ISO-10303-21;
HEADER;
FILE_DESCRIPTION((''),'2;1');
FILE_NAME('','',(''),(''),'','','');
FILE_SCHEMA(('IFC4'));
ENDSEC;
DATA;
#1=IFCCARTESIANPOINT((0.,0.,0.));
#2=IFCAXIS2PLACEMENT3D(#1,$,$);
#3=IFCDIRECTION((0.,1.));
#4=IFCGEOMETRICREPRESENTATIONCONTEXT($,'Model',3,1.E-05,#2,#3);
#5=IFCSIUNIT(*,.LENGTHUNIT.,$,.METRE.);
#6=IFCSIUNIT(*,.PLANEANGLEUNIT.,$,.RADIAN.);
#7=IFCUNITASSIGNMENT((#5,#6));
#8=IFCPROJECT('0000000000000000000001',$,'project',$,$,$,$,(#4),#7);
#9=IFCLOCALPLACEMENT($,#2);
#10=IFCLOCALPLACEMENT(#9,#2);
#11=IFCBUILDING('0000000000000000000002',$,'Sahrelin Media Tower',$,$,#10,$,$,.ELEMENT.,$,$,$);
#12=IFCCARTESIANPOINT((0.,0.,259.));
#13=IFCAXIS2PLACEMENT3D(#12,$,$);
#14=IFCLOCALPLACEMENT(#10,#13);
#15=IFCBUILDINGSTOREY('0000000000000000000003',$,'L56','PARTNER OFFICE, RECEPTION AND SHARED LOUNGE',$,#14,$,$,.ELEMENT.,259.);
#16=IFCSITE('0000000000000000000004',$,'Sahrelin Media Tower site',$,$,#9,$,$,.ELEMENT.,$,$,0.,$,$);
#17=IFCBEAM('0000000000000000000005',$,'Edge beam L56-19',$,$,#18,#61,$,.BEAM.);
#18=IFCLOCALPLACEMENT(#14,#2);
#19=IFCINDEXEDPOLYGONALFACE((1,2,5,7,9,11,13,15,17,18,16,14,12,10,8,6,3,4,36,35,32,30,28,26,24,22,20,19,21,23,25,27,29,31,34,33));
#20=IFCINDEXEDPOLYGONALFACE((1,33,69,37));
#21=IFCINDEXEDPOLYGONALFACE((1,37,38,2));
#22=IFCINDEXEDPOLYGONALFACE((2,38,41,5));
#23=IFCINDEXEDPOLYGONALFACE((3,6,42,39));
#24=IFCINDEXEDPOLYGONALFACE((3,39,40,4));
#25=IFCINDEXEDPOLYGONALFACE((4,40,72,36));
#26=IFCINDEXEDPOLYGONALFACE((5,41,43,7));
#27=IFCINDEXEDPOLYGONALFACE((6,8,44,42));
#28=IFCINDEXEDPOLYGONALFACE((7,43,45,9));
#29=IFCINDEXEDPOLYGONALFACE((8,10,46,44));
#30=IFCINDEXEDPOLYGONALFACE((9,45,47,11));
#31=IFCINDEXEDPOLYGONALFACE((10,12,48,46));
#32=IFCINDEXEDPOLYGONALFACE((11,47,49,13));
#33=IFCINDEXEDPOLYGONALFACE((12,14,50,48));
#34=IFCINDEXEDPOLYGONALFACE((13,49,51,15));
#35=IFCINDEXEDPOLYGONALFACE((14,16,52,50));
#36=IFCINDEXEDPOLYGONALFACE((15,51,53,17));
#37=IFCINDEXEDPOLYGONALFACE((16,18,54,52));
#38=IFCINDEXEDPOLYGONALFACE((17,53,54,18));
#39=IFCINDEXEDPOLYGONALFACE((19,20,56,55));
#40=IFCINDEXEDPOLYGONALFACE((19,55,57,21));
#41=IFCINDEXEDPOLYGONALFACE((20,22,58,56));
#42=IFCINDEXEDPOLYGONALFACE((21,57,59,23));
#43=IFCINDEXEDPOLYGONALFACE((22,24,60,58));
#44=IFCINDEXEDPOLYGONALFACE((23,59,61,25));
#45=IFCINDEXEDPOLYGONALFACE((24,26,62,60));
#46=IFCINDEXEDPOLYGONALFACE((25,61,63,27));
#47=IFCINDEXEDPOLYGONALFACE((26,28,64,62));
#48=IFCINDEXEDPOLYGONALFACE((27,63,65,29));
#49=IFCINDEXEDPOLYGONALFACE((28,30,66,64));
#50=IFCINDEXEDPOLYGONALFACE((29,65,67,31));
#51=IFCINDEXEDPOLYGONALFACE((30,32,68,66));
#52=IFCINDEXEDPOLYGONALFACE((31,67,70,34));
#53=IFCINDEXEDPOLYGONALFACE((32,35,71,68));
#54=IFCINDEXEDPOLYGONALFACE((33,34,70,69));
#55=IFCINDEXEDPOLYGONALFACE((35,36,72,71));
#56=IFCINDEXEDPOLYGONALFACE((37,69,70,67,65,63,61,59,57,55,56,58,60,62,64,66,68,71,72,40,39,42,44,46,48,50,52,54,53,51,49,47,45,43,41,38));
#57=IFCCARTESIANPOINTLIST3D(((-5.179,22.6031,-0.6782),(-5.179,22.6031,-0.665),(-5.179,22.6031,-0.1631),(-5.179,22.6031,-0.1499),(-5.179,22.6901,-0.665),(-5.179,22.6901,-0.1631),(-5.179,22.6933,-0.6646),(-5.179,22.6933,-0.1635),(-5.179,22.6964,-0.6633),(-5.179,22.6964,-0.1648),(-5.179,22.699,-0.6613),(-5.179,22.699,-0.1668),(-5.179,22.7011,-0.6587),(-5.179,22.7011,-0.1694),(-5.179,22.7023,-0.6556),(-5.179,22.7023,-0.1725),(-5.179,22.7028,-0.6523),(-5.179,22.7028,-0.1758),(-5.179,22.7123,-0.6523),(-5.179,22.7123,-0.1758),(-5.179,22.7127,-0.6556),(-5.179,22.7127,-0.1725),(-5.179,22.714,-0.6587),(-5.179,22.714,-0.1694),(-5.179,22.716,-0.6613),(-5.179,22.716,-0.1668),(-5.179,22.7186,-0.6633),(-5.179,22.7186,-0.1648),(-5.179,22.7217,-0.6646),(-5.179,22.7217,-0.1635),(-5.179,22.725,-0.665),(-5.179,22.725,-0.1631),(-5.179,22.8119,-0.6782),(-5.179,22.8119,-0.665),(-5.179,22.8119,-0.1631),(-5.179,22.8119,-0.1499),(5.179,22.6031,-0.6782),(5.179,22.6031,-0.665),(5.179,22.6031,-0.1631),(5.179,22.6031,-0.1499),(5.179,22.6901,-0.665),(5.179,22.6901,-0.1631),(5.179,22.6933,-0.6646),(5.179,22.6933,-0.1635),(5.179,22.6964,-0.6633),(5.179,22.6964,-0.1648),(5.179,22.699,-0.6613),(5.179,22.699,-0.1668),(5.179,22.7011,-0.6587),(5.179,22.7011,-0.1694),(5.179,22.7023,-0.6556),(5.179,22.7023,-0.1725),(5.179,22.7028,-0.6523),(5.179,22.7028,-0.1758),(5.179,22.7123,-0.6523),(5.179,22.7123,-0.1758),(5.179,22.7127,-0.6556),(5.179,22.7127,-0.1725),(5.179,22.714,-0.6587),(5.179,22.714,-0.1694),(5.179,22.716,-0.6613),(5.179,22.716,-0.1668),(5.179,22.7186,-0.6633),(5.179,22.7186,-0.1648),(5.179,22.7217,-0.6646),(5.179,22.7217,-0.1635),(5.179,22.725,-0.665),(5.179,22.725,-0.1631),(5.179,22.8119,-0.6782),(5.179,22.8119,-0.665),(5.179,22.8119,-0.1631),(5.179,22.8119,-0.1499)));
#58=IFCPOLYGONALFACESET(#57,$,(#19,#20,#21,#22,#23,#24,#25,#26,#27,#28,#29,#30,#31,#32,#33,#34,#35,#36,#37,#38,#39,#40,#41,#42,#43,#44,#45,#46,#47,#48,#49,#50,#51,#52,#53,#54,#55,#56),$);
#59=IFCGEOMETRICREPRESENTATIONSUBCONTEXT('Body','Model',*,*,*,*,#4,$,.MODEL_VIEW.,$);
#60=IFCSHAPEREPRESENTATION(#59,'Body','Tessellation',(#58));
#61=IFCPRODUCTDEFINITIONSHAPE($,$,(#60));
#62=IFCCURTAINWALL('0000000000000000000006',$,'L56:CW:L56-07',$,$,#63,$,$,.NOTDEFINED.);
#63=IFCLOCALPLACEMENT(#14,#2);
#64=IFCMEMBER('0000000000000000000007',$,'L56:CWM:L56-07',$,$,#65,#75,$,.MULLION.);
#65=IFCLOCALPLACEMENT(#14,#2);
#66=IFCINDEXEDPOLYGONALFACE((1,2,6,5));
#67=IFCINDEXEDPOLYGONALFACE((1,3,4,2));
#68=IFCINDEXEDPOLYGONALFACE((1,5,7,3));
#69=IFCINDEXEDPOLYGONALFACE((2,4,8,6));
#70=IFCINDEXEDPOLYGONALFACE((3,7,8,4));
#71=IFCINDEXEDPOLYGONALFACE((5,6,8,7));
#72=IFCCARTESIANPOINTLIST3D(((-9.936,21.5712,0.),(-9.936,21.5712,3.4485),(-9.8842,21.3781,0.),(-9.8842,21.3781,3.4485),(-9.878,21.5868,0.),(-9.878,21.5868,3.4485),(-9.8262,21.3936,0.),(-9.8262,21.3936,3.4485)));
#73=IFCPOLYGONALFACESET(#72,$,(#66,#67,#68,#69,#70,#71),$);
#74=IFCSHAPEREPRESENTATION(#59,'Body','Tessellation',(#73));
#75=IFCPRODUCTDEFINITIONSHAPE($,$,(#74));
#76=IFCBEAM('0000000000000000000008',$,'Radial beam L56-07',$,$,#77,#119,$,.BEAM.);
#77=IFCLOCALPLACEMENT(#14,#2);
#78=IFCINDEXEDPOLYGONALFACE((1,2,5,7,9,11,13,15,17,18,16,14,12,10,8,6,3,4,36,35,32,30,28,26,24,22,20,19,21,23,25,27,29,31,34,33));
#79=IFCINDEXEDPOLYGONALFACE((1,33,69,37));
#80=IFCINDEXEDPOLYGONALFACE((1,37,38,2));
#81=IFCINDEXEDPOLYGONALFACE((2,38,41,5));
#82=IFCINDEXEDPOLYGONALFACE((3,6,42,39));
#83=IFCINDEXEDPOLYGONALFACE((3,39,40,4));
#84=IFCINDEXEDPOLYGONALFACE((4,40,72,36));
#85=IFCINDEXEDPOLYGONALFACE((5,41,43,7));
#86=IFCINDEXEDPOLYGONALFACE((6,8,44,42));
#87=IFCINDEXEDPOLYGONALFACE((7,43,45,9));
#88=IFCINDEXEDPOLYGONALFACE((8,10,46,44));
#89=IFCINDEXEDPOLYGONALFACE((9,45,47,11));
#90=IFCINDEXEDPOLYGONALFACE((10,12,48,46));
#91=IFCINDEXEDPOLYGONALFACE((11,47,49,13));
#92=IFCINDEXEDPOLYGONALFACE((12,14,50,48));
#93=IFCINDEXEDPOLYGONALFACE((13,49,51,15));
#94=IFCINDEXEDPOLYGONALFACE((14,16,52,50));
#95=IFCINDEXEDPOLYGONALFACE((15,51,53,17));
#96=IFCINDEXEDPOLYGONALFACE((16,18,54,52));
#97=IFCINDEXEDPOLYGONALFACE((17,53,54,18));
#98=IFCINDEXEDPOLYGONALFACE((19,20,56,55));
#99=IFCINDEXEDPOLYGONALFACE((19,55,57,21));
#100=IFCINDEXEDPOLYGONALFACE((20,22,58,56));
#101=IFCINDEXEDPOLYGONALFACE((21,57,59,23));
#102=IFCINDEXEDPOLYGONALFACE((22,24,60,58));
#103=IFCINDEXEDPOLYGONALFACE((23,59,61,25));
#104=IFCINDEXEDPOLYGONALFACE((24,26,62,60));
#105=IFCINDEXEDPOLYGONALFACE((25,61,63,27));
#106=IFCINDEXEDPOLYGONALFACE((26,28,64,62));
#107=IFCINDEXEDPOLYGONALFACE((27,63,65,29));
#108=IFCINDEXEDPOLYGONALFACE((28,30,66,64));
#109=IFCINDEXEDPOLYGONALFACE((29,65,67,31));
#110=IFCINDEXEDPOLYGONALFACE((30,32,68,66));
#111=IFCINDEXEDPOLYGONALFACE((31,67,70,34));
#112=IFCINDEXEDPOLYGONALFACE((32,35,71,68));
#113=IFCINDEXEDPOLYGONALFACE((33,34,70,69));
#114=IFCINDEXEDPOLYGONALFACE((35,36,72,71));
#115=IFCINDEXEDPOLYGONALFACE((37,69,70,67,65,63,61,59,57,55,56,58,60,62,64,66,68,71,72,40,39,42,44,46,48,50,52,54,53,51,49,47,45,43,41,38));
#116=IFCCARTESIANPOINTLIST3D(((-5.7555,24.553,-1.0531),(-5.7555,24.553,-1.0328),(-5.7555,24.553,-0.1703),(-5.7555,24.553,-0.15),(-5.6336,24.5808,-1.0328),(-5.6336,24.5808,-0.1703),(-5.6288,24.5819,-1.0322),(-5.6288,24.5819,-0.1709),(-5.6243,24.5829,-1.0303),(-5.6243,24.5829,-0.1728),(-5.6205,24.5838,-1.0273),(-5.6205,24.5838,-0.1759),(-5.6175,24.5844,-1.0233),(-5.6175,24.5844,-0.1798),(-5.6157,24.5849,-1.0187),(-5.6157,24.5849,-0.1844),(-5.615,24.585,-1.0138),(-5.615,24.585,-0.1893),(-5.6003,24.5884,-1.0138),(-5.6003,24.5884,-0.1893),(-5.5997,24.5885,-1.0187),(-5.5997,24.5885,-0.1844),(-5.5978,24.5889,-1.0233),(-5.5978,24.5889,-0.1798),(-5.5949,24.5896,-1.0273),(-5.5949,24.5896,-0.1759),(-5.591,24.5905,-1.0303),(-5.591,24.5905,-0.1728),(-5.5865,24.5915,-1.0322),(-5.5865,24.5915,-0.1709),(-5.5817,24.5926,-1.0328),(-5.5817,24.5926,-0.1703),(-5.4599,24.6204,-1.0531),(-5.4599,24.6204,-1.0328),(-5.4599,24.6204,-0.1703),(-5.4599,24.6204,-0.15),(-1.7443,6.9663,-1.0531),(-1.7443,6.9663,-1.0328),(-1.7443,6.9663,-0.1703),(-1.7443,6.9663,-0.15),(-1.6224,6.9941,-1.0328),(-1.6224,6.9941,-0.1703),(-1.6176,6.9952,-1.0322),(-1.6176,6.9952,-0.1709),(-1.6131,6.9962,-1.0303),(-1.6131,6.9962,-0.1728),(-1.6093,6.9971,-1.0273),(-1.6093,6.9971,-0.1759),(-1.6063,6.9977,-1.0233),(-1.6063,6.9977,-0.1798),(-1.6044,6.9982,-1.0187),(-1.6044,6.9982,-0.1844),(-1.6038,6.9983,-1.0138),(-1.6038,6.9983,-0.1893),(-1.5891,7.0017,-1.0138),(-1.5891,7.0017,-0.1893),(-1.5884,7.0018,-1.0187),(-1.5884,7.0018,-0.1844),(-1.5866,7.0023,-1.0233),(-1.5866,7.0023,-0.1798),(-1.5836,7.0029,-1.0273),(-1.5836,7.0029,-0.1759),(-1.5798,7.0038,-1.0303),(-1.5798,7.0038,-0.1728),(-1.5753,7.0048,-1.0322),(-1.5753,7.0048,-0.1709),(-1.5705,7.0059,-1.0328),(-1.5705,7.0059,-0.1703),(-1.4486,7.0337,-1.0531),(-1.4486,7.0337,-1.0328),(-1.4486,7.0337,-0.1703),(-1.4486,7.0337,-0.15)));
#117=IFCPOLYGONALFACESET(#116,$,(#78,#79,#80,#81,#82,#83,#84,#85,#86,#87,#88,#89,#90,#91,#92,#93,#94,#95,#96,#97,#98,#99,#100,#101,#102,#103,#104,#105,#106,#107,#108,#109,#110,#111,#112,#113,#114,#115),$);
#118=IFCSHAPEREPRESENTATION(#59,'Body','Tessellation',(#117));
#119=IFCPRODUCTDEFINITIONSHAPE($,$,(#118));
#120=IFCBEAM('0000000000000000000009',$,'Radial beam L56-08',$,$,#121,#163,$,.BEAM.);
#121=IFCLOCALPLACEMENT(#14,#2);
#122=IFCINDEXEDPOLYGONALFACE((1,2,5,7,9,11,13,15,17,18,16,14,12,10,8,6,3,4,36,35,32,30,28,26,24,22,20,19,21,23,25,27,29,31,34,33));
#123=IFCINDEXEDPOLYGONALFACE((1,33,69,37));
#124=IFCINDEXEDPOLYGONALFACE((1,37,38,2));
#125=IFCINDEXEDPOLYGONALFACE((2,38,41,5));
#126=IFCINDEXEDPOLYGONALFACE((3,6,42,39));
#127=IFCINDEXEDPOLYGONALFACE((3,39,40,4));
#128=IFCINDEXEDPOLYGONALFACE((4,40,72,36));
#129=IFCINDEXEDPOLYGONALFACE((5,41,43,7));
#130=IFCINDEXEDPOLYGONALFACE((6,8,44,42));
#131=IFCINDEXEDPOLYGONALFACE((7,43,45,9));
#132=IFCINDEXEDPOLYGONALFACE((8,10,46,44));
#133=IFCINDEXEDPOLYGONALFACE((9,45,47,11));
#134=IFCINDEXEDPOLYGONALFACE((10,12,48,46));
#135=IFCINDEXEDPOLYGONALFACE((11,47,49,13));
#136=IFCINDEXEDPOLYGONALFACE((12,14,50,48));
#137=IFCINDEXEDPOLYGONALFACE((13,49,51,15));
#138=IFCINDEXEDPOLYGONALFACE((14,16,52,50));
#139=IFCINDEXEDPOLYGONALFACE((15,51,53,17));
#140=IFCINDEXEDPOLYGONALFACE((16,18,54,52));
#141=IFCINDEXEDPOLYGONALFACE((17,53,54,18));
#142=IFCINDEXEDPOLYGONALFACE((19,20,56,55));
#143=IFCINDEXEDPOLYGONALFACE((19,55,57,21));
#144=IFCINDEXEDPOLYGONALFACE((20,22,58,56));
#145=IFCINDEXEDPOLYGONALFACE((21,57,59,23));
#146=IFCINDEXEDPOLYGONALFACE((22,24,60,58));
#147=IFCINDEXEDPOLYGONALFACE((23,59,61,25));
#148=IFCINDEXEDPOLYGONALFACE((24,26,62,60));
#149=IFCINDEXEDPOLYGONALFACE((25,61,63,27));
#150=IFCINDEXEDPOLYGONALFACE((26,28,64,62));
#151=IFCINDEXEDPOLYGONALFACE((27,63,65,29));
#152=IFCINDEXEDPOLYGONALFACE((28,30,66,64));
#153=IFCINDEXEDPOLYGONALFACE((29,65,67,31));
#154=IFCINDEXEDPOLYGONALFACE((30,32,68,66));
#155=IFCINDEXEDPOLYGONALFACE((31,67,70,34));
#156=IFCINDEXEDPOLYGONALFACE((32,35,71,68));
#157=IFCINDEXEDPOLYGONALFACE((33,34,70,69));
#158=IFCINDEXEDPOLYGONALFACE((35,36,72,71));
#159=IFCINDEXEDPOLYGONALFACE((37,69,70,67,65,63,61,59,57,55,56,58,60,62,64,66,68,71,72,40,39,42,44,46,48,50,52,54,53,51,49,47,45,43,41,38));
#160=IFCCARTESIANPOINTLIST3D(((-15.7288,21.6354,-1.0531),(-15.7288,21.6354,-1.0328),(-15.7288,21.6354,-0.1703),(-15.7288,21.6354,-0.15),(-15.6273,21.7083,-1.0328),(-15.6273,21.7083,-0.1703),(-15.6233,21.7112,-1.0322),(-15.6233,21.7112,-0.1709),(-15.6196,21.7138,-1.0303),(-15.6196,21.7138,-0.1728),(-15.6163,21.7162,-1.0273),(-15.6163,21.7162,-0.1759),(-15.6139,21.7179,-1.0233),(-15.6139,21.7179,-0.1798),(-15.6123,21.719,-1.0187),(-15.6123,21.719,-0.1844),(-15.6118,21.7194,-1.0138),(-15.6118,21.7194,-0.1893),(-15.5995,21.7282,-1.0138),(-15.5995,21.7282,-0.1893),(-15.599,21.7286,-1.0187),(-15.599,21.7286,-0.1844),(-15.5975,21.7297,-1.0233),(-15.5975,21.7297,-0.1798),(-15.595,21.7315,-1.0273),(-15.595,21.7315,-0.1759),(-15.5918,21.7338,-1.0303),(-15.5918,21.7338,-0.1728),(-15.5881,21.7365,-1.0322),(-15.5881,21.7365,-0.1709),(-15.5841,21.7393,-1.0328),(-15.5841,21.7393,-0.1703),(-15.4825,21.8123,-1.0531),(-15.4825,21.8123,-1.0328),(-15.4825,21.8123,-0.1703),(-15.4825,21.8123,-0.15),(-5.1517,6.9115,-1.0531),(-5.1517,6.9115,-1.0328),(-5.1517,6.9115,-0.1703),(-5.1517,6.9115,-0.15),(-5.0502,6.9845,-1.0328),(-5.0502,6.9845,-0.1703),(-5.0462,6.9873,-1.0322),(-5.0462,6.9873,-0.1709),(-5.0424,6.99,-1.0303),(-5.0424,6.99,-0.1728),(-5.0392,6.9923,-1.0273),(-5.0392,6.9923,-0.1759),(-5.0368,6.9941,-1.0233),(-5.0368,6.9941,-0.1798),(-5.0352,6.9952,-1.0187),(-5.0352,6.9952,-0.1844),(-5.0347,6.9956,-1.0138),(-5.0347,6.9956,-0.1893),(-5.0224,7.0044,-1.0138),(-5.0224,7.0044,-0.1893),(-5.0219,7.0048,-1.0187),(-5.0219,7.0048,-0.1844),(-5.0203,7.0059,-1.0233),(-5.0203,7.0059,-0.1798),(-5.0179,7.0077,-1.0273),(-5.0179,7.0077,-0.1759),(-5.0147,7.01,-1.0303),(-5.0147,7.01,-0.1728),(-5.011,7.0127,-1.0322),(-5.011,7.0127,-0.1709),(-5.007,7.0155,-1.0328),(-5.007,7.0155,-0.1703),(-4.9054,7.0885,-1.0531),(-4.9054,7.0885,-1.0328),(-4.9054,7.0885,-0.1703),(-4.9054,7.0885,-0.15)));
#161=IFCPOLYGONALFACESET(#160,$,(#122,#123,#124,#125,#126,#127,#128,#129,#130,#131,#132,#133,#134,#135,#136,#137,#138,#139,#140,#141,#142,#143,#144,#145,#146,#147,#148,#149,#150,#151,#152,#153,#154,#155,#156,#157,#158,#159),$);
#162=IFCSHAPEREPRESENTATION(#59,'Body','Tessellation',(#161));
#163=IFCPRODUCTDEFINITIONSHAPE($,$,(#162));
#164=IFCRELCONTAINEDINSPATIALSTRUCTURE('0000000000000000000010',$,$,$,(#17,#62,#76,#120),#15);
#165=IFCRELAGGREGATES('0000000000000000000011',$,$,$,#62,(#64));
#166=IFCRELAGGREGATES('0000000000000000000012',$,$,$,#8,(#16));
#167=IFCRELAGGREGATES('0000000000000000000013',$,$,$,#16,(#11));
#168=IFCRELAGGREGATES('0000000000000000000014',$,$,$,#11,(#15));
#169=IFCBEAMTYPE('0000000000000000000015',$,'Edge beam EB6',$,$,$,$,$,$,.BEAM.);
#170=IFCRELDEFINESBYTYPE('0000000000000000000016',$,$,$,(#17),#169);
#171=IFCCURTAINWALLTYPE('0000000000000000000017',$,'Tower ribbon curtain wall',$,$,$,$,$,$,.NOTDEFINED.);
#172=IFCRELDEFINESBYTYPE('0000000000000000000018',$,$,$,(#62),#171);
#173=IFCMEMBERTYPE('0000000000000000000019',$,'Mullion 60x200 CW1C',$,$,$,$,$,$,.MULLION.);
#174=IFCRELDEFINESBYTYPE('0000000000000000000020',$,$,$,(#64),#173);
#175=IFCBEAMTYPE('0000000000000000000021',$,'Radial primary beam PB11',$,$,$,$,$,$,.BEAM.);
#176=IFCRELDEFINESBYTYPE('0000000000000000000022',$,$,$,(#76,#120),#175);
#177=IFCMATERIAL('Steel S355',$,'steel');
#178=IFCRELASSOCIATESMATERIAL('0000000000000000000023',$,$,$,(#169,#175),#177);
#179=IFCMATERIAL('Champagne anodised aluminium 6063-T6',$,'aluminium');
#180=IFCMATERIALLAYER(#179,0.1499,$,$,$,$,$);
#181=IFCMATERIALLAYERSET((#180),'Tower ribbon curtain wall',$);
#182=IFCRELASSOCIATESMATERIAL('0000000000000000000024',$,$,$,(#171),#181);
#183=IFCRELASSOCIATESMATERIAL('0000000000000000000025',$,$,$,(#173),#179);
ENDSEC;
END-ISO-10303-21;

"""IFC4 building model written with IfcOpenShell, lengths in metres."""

from ifc_helpers import new_model, si_unit, direction, frame, origin, origin_2d, place, context, subcontext, project, spatial, rectangle, i_section, extrude, material, layer, layer_set, material_profile, profile_set, type_object, element, aggregate, save


model = new_model("IFC4")

# Units and contexts
model_context = context("Model", 3, precision=1e-05, world=origin(), true_north=direction((0.0, 1.0)))
body_context = subcontext(model_context, "Body", "Model", "MODEL_VIEW")
ifc_project = project(units=[si_unit("LENGTHUNIT", "METRE"), si_unit("PLANEANGLEUNIT", "RADIAN")], contexts=[model_context])

# Site, building, storey
site_placement = place(None, origin())
site = spatial("IfcSite", under=ifc_project, at=site_placement, Name="Sahrelin Media Tower site", CompositionType="ELEMENT", RefElevation=0.0)
building_placement = place(site_placement, origin())
building = spatial("IfcBuilding", under=site, at=building_placement, Name="Sahrelin Media Tower", CompositionType="ELEMENT")
storey_placement = place(building_placement, frame((0.0, 0.0, 259.0)))
storey = spatial("IfcBuildingStorey", under=building, at=storey_placement, Name="L56", Description="PARTNER OFFICE, RECEPTION AND SHARED LOUNGE", CompositionType="ELEMENT", Elevation=259.0)

# Beam
ifc_material_1 = material(Name="Steel S355", Category="steel")
ifc_material_profile_1 = material_profile(ifc_material_1, i_section(OverallWidth=0.2087, OverallDepth=0.5283, WebThickness=0.0095, FlangeThickness=0.0132, FilletRadius=0.0127, at=origin_2d()), Name="UB 533x210x82")
ifc_profile_set_1 = profile_set([ifc_material_profile_1], Name="Steel S355")
beam_type_1 = type_object("IfcBeamType", Name="Edge beam EB6", PredefinedType="BEAM", material=ifc_profile_set_1)
beam_1_placement = place(storey_placement, frame((-5.179, 22.7075, -0.4141), z_axis=(1.0, 0.0, 0.0), x_axis=(0.0, 1.0, 0.0)))
element("IfcBeam", 1, at=beam_1_placement, inside=storey, type_object=beam_type_1, Name="Edge beam L56-19", PredefinedType="BEAM", context=body_context, shape_type="SweptSolid", body=[
    extrude(i_section(OverallWidth=0.2087, OverallDepth=0.5283, WebThickness=0.0095, FlangeThickness=0.0132, FilletRadius=0.0127, at=origin_2d()), origin(), (0.0, 0.0, 1.0), 10.3579),
])

# Curtain wall, member
ifc_material_2 = material(Name="Champagne anodised aluminium 6063-T6", Category="aluminium")
ifc_layer_1 = layer(ifc_material_2, 0.1499)
ifc_layer_set_1 = layer_set([ifc_layer_1], Name="Tower ribbon curtain wall")
curtain_wall_type = type_object("IfcCurtainWallType", Name="Tower ribbon curtain wall", PredefinedType="NOTDEFINED", material=ifc_layer_set_1)
curtain_wall_placement = place(storey_placement, frame((-9.9121, 21.5984, 0.0), z_axis=(0.0, 0.0, 1.0), x_axis=(1.0, 0.0, 0.0)))
curtain_wall = element("IfcCurtainWall", 2, at=curtain_wall_placement, inside=storey, type_object=curtain_wall_type, Name="L56:CW:L56-07", PredefinedType="NOTDEFINED")
ifc_material_profile_2 = material_profile(ifc_material_2, rectangle(XDim=0.0601, YDim=0.2, at=origin_2d()), Name="Mullion 60x200")
ifc_profile_set_2 = profile_set([ifc_material_profile_2], Name="Champagne anodised aluminium 6063-T6")
member_type_1 = type_object("IfcMemberType", Name="Mullion 60x200 CW1C", PredefinedType="MULLION", material=ifc_profile_set_2)
member_1_placement = place(storey_placement, frame((-9.8811, 21.4824, 0.0), z_axis=(0.0, 0.0, 1.0), x_axis=(-0.965927, -0.258816, 0.0)))
member_1 = element("IfcMember", 3, at=member_1_placement, type_object=member_type_1, Name="L56:CWM:L56-07", PredefinedType="MULLION", context=body_context, shape_type="SweptSolid", body=[
    extrude(rectangle(XDim=0.0601, YDim=0.2, at=origin_2d()), origin(), (0.0, 0.0, 1.0), 3.4485),
])

# Beams
ifc_material_profile_3 = material_profile(ifc_material_1, i_section(OverallWidth=0.3032, OverallDepth=0.9031, WebThickness=0.0151, FlangeThickness=0.0203, FilletRadius=0.019, at=origin_2d()), Name="UB 914x305x201")
ifc_profile_set_3 = profile_set([ifc_material_profile_3], Name="Steel S355")
beam_type_2 = type_object("IfcBeamType", Name="Radial primary beam PB11", PredefinedType="BEAM", material=ifc_profile_set_3)
beam_2_placement = place(storey_placement, frame((-1.5964, 7.0, -0.6016), z_axis=(-0.222373, 0.974962, 0.0), x_axis=(-0.974962, -0.222373, 0.0)))
element("IfcBeam", 4, at=beam_2_placement, inside=storey, type_object=beam_type_2, Name="Radial beam L56-07", PredefinedType="BEAM", context=body_context, shape_type="SweptSolid", body=[
    extrude(i_section(OverallWidth=0.3032, OverallDepth=0.9031, WebThickness=0.0151, FlangeThickness=0.0203, FilletRadius=0.019, at=origin_2d()), origin(), (0.0, 0.0, 1.0), 18.0383),
])
beam_3_placement = place(storey_placement, frame((-5.0286, 7.0, -0.6016), z_axis=(-0.583431, 0.812163, 0.0), x_axis=(-0.812163, -0.583431, 0.0)))
element("IfcBeam", 5, at=beam_3_placement, inside=storey, type_object=beam_type_2, Name="Radial beam L56-08", PredefinedType="BEAM", context=body_context, shape_type="SweptSolid", body=[
    extrude(i_section(OverallWidth=0.3032, OverallDepth=0.9031, WebThickness=0.0151, FlangeThickness=0.0203, FilletRadius=0.019, at=origin_2d()), origin(), (0.0, 0.0, 1.0), 18.1292),
])

aggregate(curtain_wall, [member_1])

save(model, "model.ifc")
